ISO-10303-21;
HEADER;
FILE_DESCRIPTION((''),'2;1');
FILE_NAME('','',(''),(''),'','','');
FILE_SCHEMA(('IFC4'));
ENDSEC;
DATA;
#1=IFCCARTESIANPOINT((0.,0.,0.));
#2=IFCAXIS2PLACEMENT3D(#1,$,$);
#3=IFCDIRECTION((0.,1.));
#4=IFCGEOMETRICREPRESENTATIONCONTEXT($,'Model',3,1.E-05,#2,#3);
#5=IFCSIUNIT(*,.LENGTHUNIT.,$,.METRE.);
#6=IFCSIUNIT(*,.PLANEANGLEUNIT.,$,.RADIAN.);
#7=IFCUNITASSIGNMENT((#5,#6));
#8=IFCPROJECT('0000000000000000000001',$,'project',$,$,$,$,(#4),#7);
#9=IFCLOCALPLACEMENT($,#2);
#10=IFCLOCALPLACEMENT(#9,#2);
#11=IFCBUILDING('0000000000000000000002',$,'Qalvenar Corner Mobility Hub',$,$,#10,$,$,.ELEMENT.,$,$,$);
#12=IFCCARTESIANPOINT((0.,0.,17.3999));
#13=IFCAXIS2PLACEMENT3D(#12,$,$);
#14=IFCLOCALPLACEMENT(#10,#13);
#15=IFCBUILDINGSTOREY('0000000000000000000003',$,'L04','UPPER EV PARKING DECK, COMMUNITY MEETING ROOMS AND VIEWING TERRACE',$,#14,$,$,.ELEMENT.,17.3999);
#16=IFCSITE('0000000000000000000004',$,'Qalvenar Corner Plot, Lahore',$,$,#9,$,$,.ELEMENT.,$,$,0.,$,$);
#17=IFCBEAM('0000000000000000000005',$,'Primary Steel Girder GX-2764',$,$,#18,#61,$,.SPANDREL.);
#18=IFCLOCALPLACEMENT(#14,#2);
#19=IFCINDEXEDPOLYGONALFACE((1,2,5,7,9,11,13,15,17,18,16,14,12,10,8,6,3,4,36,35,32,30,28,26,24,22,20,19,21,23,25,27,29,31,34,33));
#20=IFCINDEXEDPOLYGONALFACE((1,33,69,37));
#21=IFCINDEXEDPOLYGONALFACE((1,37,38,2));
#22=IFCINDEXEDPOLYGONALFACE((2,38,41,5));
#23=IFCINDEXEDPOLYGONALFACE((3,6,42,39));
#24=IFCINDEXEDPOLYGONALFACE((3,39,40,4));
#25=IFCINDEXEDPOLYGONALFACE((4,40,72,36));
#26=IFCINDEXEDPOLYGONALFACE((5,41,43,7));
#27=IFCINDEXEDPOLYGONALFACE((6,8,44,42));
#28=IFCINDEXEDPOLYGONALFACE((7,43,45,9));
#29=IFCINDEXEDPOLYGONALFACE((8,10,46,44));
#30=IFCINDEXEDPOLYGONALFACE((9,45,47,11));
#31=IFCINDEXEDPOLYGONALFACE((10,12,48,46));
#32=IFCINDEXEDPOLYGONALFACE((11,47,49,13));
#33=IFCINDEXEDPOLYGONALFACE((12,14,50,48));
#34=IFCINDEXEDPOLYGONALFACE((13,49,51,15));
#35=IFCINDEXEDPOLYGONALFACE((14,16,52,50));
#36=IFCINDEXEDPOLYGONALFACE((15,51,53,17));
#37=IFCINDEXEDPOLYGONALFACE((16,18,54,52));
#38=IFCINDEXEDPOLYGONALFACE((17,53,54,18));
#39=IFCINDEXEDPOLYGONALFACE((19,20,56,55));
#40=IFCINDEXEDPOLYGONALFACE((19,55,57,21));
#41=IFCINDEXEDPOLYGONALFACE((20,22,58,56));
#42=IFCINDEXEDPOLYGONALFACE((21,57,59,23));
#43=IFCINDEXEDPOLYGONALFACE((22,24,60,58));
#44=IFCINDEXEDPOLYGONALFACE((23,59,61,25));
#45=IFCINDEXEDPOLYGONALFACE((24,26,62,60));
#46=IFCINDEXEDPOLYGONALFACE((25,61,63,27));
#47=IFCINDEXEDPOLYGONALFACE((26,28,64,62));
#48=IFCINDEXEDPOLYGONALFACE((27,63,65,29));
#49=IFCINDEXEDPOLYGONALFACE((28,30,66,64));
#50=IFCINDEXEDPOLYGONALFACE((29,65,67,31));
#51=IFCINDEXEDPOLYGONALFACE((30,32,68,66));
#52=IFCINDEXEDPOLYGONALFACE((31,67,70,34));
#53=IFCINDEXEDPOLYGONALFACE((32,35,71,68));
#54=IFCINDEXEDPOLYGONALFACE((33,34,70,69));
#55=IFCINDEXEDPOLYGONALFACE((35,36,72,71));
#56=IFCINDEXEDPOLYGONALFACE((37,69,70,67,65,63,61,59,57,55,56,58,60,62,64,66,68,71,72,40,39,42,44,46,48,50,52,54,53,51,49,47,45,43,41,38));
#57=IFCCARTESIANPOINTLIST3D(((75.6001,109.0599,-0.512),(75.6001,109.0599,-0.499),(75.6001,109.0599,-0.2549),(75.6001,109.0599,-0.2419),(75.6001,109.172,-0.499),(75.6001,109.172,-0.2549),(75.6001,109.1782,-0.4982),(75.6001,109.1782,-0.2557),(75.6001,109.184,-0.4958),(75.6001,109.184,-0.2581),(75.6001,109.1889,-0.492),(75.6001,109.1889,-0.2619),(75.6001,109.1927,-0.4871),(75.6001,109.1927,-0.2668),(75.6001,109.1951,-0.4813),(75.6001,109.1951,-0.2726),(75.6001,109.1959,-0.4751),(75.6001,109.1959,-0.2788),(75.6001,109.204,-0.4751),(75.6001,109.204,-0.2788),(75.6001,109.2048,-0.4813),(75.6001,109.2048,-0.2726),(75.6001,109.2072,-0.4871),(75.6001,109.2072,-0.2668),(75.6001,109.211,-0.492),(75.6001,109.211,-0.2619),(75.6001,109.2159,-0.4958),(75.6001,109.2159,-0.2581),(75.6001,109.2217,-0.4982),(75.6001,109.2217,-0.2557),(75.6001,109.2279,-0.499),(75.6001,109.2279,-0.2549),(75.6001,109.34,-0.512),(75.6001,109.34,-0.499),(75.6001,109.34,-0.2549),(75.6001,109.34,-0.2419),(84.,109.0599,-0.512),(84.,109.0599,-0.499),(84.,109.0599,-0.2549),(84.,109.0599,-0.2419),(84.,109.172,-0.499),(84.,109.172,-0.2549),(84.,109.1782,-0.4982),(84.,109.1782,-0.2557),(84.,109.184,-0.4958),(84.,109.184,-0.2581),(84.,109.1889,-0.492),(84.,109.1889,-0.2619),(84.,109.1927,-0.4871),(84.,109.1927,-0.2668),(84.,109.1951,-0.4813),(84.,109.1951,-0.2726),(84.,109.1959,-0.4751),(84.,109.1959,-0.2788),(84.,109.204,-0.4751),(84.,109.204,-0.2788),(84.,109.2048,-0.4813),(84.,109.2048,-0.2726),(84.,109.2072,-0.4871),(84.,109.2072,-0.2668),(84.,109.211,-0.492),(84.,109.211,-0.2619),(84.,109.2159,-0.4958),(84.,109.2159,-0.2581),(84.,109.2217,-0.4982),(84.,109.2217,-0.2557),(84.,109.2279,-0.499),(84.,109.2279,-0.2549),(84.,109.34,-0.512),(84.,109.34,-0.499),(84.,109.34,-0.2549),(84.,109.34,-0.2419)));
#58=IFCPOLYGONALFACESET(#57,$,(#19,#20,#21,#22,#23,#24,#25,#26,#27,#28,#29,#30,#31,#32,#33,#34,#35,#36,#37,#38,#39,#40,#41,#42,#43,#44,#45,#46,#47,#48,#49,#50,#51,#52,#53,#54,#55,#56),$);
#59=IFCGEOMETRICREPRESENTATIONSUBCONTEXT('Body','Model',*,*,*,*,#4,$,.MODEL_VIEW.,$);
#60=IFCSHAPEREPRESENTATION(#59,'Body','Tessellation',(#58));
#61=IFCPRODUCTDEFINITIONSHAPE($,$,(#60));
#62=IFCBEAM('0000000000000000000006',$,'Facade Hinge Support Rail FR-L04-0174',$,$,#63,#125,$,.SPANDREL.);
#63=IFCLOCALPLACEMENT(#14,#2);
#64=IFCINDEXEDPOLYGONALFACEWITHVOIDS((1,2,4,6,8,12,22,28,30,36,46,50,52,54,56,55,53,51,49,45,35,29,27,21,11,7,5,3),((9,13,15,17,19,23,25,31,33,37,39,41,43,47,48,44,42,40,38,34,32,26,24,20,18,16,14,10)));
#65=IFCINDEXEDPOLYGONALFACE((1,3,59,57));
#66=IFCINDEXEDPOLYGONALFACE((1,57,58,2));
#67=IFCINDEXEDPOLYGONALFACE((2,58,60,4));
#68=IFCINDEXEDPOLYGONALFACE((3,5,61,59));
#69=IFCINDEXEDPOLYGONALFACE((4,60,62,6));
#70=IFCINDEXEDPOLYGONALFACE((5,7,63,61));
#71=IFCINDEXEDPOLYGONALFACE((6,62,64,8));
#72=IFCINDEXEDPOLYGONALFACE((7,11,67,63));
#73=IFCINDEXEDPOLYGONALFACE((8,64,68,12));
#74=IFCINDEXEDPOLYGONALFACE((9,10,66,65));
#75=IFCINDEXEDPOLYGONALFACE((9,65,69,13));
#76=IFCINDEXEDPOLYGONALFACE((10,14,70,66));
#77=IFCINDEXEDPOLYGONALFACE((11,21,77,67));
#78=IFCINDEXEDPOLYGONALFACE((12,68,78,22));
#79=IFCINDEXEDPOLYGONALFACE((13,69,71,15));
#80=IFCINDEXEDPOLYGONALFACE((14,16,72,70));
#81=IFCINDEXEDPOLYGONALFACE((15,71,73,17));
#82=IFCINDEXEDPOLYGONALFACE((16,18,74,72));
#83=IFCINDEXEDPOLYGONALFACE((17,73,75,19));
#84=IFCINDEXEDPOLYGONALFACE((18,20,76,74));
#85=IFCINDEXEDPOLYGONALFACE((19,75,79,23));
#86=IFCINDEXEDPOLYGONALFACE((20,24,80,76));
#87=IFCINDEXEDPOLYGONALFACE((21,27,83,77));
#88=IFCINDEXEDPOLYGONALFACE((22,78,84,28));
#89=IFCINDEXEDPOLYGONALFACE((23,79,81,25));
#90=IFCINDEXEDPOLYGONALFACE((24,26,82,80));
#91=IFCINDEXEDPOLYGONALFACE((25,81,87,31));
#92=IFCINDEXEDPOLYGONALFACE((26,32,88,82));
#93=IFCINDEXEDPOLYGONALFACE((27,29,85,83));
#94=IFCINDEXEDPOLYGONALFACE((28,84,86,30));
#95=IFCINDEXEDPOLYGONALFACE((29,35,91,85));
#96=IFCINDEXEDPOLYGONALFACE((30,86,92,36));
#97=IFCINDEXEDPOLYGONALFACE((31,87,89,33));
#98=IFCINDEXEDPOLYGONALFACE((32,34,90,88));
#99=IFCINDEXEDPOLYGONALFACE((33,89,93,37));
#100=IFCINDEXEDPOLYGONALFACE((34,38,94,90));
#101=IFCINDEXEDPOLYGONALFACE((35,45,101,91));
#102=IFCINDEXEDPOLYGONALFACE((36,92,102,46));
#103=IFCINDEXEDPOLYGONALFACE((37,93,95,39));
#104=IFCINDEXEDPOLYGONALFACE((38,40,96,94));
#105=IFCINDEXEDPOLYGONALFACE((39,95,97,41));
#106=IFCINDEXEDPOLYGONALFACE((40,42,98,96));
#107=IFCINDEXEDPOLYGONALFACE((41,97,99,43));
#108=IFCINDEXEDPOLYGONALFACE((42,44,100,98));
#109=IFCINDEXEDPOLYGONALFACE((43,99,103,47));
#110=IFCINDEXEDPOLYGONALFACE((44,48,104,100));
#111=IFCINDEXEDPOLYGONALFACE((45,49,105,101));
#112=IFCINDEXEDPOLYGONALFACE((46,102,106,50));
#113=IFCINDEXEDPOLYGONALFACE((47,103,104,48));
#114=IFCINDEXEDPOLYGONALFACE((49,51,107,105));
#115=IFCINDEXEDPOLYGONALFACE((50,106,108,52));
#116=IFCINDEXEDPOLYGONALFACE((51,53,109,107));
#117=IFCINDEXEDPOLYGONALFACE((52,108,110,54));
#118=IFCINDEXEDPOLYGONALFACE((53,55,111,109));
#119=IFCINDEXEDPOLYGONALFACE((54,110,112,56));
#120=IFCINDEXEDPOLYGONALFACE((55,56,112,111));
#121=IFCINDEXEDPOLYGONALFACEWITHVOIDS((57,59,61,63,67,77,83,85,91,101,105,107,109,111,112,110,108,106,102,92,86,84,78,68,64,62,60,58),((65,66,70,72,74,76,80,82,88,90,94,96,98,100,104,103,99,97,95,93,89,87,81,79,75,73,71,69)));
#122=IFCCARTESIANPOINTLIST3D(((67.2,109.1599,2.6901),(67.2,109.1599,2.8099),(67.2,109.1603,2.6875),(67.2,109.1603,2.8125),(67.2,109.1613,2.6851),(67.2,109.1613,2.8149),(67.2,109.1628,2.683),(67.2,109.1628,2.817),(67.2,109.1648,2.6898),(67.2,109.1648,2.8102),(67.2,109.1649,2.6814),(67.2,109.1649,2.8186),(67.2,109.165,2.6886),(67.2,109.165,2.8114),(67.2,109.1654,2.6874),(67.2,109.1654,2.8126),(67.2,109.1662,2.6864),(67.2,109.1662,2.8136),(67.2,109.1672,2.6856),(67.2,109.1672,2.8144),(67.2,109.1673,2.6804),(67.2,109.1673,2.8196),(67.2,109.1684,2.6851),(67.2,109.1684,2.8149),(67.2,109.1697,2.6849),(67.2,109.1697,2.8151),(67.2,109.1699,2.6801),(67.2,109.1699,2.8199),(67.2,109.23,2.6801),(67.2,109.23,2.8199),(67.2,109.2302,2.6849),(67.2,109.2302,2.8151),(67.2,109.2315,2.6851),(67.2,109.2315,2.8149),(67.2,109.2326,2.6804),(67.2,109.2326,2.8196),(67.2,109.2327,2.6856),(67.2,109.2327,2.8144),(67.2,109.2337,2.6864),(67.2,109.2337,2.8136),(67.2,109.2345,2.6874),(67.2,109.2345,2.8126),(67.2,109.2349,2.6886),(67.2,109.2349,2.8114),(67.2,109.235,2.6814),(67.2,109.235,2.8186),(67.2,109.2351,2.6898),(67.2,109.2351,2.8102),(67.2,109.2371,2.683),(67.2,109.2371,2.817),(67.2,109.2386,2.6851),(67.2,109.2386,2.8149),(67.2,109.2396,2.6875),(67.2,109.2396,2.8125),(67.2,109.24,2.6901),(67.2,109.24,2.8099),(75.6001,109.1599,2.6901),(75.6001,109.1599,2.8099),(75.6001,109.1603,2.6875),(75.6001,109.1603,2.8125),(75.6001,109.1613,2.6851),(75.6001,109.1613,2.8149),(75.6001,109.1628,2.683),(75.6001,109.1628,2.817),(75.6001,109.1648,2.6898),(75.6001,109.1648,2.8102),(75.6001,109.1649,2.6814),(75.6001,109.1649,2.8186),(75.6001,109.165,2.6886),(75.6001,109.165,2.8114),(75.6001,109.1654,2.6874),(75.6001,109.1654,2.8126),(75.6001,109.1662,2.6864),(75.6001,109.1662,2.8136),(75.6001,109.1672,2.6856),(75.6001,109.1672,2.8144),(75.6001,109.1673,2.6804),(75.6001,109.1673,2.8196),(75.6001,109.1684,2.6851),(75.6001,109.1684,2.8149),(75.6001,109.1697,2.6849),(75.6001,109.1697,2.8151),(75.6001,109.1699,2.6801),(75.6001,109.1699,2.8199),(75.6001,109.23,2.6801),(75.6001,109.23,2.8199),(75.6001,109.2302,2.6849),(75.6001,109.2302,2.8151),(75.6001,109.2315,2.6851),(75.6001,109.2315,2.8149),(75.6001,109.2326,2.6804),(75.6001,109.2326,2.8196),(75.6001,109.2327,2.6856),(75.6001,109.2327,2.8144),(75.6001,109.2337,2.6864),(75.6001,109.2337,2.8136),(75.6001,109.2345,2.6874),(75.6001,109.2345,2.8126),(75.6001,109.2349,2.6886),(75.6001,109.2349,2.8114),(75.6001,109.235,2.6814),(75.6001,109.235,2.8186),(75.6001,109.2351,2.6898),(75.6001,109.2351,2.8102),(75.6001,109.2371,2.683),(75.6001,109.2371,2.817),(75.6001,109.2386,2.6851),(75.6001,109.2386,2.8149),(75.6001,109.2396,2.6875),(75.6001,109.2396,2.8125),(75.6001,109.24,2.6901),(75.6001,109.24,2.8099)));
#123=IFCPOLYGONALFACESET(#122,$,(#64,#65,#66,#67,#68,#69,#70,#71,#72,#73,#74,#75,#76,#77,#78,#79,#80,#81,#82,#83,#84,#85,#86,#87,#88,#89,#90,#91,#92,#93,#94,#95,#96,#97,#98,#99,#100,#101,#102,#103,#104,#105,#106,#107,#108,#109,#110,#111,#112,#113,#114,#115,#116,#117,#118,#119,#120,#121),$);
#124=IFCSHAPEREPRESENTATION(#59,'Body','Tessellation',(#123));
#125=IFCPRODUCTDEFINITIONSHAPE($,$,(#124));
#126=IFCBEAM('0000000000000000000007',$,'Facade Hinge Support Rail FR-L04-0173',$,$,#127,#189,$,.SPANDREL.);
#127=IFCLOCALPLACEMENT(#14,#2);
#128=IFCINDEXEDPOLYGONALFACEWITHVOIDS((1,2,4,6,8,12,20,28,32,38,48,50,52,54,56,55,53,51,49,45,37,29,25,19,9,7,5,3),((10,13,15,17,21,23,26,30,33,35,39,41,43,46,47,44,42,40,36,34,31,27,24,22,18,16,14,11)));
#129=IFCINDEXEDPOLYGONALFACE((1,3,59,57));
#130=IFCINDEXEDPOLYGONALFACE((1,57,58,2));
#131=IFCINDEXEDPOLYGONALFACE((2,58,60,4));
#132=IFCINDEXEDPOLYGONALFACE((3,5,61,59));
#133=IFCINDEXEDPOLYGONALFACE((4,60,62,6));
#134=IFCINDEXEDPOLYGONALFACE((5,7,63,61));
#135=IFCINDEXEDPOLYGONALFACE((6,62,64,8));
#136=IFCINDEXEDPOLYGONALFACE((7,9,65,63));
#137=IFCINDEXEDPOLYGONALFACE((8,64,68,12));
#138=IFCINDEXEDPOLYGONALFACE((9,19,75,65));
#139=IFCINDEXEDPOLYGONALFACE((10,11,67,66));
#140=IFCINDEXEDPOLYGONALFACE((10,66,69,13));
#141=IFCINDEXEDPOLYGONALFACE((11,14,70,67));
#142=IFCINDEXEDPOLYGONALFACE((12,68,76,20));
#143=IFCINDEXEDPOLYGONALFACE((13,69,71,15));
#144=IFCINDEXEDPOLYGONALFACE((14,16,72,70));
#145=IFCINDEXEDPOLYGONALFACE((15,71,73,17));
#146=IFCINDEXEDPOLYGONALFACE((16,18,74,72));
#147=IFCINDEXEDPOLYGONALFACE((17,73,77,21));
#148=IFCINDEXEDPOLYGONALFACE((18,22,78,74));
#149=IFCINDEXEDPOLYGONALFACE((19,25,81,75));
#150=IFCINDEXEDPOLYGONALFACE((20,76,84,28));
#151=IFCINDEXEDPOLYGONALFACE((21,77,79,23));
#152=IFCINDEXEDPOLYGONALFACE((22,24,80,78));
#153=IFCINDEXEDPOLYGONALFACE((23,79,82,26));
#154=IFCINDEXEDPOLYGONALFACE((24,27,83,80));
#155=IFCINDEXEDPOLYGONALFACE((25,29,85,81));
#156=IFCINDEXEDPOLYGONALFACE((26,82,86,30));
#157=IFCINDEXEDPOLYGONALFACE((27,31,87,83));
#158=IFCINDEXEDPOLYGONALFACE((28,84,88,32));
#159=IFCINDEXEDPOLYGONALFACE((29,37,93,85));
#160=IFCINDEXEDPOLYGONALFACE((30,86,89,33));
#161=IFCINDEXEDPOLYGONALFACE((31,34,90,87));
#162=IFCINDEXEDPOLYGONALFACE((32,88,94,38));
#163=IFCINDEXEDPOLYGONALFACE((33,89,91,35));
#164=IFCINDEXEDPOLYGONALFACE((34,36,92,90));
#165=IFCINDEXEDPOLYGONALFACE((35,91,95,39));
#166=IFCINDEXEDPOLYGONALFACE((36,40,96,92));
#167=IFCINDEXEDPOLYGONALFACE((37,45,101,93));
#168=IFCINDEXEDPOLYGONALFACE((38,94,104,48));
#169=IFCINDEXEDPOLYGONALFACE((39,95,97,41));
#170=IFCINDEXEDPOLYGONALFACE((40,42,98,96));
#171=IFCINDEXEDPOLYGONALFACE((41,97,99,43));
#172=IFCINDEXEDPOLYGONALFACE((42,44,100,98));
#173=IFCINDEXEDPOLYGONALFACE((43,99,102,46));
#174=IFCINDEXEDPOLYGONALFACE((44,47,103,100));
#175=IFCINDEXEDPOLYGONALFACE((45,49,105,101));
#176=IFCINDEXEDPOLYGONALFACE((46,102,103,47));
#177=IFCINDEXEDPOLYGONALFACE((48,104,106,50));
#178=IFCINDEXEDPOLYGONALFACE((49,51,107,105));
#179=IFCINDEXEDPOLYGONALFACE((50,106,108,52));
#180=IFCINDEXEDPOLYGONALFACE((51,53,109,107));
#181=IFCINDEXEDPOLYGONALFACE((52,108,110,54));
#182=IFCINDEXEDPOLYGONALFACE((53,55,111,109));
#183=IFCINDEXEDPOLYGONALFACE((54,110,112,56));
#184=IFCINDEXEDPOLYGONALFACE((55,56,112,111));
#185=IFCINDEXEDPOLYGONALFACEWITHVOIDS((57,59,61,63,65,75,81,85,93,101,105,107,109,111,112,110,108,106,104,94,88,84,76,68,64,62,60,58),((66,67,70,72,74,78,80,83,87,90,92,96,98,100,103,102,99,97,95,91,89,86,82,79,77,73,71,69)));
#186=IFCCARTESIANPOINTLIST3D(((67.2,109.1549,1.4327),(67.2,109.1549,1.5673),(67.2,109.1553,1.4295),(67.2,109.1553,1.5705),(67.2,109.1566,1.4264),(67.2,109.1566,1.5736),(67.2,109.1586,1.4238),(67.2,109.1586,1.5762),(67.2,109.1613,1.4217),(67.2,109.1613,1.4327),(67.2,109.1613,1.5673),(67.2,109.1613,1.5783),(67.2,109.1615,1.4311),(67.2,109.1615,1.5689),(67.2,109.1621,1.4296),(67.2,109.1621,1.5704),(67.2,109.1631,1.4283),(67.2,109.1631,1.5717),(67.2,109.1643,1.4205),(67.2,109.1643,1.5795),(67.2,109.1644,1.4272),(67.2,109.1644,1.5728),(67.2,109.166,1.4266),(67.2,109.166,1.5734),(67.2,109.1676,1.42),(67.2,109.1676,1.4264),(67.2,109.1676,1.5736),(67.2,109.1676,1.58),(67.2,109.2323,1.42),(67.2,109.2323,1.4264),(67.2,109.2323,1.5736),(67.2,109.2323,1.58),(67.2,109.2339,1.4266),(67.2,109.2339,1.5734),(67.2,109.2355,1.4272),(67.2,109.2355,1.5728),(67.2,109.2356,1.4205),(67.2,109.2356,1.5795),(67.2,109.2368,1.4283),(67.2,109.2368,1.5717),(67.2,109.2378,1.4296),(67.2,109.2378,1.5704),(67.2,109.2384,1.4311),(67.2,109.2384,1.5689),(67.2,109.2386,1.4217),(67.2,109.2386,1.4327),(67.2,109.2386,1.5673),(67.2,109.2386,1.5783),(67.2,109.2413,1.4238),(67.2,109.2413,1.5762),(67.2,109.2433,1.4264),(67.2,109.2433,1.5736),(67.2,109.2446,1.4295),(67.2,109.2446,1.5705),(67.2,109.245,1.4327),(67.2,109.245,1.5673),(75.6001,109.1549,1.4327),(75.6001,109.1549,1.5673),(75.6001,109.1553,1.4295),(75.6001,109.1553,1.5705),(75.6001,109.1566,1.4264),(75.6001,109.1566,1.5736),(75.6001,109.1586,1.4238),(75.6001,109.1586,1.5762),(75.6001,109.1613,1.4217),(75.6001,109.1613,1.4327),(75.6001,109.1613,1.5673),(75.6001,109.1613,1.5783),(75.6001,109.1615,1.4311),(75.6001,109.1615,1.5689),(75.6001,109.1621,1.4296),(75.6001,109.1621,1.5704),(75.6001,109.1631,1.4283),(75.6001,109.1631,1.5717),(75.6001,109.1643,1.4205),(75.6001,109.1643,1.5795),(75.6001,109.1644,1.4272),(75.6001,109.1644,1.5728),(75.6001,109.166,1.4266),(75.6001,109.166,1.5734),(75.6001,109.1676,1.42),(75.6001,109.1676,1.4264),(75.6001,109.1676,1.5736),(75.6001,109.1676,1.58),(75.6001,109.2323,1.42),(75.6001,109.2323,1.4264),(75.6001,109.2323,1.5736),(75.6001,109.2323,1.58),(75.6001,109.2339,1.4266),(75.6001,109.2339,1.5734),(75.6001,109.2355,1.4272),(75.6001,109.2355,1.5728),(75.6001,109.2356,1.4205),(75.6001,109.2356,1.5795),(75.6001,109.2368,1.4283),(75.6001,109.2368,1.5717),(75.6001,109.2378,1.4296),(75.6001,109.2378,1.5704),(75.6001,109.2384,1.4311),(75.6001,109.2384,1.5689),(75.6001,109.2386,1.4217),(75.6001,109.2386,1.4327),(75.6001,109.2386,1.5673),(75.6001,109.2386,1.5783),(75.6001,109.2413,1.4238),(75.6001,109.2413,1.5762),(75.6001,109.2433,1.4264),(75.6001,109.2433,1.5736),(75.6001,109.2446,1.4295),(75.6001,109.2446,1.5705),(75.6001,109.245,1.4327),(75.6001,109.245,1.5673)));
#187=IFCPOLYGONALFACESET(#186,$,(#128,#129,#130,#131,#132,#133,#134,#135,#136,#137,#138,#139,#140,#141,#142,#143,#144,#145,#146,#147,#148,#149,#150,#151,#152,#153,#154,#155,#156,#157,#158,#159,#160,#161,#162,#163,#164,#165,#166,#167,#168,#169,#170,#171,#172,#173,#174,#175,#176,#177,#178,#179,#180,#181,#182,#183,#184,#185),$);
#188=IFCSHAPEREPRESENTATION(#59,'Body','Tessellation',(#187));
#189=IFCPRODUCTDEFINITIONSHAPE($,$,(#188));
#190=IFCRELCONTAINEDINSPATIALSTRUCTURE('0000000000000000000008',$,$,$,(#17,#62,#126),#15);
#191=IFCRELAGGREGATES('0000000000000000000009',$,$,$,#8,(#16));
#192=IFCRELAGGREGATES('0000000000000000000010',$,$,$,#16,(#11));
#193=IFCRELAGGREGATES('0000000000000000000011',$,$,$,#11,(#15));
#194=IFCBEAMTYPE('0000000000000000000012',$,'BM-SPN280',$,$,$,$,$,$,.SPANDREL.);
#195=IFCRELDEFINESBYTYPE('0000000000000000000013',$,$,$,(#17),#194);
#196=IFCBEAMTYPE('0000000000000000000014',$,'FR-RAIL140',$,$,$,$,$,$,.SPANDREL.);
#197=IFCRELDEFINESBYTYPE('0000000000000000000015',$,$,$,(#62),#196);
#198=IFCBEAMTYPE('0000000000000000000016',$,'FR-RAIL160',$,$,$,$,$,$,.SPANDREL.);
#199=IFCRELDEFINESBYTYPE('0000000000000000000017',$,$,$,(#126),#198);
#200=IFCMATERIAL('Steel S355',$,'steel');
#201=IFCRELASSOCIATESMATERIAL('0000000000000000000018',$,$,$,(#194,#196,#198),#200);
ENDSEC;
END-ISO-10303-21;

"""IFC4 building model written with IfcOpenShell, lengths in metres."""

from ifc_helpers import new_model, si_unit, direction, frame, origin, origin_2d, place, context, subcontext, project, spatial, hollow_rectangle, i_section, extrude, material, material_profile, profile_set, type_object, element, save


model = new_model("IFC4")

# Units and contexts
model_context = context("Model", 3, precision=1e-05, world=origin(), true_north=direction((0.0, 1.0)))
body_context = subcontext(model_context, "Body", "Model", "MODEL_VIEW")
ifc_project = project(units=[si_unit("LENGTHUNIT", "METRE"), si_unit("PLANEANGLEUNIT", "RADIAN")], contexts=[model_context])

# Site, building, storey
site_placement = place(None, origin())
site = spatial("IfcSite", under=ifc_project, at=site_placement, Name="Qalvenar Corner Plot, Lahore", CompositionType="ELEMENT", RefElevation=0.0)
building_placement = place(site_placement, origin())
building = spatial("IfcBuilding", under=site, at=building_placement, Name="Qalvenar Corner Mobility Hub", CompositionType="ELEMENT")
storey_placement = place(building_placement, frame((0.0, 0.0, 17.3999)))
storey = spatial("IfcBuildingStorey", under=building, at=storey_placement, Name="L04", Description="UPPER EV PARKING DECK, COMMUNITY MEETING ROOMS AND VIEWING TERRACE", CompositionType="ELEMENT", Elevation=17.3999)

# Shared definitions
ifc_material_1 = material(Name="Steel S355", Category="steel")

# Beams
ifc_material_profile_1 = material_profile(ifc_material_1, i_section(OverallWidth=0.28, OverallDepth=0.27, WebThickness=0.0081, FlangeThickness=0.0129, FilletRadius=0.0239, at=origin_2d()), Name="HEA280")
ifc_profile_set_1 = profile_set([ifc_material_profile_1], Name="Steel S355")
beam_type_1 = type_object("IfcBeamType", Name="BM-SPN280", PredefinedType="SPANDREL", material=ifc_profile_set_1)
beam_1_placement = place(storey_placement, frame((75.6001, 109.2, -0.377), z_axis=(1.0, 0.0, 0.0), x_axis=(0.0, 1.0, 0.0)))
element("IfcBeam", 1, at=beam_1_placement, inside=storey, type_object=beam_type_1, Name="Primary Steel Girder GX-2764", PredefinedType="SPANDREL", context=body_context, shape_type="SweptSolid", body=[
    extrude(i_section(OverallWidth=0.28, OverallDepth=0.27, WebThickness=0.0081, FlangeThickness=0.0129, FilletRadius=0.0239, at=origin_2d()), origin(), (0.0, 0.0, 1.0), 8.3999),
])
ifc_material_profile_2 = material_profile(ifc_material_1, hollow_rectangle(XDim=0.0801, YDim=0.1399, WallThickness=0.0049, InnerFilletRadius=0.0049, OuterFilletRadius=0.01, at=origin_2d()), Name="RHS140x80x5")
ifc_profile_set_2 = profile_set([ifc_material_profile_2], Name="Steel S355")
beam_type_2 = type_object("IfcBeamType", Name="FR-RAIL140", PredefinedType="SPANDREL", material=ifc_profile_set_2)
beam_2_placement = place(storey_placement, frame((75.6001, 109.2, 2.75), z_axis=(-1.0, 0.0, 0.0), x_axis=(0.0, -1.0, 0.0)))
element("IfcBeam", 2, at=beam_2_placement, inside=storey, type_object=beam_type_2, Name="Facade Hinge Support Rail FR-L04-0174", PredefinedType="SPANDREL", context=body_context, shape_type="SweptSolid", body=[
    extrude(hollow_rectangle(XDim=0.0801, YDim=0.1399, WallThickness=0.0049, InnerFilletRadius=0.0049, OuterFilletRadius=0.01, at=origin_2d()), origin(), (0.0, 0.0, 1.0), 8.4001),
])
ifc_material_profile_3 = material_profile(ifc_material_1, hollow_rectangle(XDim=0.0901, YDim=0.1599, WallThickness=0.0063, InnerFilletRadius=0.0063, OuterFilletRadius=0.0127, at=origin_2d()), Name="RHS160x90x6.3")
ifc_profile_set_3 = profile_set([ifc_material_profile_3], Name="Steel S355")
beam_type_3 = type_object("IfcBeamType", Name="FR-RAIL160", PredefinedType="SPANDREL", material=ifc_profile_set_3)
beam_3_placement = place(storey_placement, frame((75.6001, 109.2, 1.5), z_axis=(-1.0, 0.0, 0.0), x_axis=(0.0, -1.0, 0.0)))
element("IfcBeam", 3, at=beam_3_placement, inside=storey, type_object=beam_type_3, Name="Facade Hinge Support Rail FR-L04-0173", PredefinedType="SPANDREL", context=body_context, shape_type="SweptSolid", body=[
    extrude(hollow_rectangle(XDim=0.0901, YDim=0.1599, WallThickness=0.0063, InnerFilletRadius=0.0063, OuterFilletRadius=0.0127, at=origin_2d()), origin(), (0.0, 0.0, 1.0), 8.4001),
])

save(model, "model.ifc")
